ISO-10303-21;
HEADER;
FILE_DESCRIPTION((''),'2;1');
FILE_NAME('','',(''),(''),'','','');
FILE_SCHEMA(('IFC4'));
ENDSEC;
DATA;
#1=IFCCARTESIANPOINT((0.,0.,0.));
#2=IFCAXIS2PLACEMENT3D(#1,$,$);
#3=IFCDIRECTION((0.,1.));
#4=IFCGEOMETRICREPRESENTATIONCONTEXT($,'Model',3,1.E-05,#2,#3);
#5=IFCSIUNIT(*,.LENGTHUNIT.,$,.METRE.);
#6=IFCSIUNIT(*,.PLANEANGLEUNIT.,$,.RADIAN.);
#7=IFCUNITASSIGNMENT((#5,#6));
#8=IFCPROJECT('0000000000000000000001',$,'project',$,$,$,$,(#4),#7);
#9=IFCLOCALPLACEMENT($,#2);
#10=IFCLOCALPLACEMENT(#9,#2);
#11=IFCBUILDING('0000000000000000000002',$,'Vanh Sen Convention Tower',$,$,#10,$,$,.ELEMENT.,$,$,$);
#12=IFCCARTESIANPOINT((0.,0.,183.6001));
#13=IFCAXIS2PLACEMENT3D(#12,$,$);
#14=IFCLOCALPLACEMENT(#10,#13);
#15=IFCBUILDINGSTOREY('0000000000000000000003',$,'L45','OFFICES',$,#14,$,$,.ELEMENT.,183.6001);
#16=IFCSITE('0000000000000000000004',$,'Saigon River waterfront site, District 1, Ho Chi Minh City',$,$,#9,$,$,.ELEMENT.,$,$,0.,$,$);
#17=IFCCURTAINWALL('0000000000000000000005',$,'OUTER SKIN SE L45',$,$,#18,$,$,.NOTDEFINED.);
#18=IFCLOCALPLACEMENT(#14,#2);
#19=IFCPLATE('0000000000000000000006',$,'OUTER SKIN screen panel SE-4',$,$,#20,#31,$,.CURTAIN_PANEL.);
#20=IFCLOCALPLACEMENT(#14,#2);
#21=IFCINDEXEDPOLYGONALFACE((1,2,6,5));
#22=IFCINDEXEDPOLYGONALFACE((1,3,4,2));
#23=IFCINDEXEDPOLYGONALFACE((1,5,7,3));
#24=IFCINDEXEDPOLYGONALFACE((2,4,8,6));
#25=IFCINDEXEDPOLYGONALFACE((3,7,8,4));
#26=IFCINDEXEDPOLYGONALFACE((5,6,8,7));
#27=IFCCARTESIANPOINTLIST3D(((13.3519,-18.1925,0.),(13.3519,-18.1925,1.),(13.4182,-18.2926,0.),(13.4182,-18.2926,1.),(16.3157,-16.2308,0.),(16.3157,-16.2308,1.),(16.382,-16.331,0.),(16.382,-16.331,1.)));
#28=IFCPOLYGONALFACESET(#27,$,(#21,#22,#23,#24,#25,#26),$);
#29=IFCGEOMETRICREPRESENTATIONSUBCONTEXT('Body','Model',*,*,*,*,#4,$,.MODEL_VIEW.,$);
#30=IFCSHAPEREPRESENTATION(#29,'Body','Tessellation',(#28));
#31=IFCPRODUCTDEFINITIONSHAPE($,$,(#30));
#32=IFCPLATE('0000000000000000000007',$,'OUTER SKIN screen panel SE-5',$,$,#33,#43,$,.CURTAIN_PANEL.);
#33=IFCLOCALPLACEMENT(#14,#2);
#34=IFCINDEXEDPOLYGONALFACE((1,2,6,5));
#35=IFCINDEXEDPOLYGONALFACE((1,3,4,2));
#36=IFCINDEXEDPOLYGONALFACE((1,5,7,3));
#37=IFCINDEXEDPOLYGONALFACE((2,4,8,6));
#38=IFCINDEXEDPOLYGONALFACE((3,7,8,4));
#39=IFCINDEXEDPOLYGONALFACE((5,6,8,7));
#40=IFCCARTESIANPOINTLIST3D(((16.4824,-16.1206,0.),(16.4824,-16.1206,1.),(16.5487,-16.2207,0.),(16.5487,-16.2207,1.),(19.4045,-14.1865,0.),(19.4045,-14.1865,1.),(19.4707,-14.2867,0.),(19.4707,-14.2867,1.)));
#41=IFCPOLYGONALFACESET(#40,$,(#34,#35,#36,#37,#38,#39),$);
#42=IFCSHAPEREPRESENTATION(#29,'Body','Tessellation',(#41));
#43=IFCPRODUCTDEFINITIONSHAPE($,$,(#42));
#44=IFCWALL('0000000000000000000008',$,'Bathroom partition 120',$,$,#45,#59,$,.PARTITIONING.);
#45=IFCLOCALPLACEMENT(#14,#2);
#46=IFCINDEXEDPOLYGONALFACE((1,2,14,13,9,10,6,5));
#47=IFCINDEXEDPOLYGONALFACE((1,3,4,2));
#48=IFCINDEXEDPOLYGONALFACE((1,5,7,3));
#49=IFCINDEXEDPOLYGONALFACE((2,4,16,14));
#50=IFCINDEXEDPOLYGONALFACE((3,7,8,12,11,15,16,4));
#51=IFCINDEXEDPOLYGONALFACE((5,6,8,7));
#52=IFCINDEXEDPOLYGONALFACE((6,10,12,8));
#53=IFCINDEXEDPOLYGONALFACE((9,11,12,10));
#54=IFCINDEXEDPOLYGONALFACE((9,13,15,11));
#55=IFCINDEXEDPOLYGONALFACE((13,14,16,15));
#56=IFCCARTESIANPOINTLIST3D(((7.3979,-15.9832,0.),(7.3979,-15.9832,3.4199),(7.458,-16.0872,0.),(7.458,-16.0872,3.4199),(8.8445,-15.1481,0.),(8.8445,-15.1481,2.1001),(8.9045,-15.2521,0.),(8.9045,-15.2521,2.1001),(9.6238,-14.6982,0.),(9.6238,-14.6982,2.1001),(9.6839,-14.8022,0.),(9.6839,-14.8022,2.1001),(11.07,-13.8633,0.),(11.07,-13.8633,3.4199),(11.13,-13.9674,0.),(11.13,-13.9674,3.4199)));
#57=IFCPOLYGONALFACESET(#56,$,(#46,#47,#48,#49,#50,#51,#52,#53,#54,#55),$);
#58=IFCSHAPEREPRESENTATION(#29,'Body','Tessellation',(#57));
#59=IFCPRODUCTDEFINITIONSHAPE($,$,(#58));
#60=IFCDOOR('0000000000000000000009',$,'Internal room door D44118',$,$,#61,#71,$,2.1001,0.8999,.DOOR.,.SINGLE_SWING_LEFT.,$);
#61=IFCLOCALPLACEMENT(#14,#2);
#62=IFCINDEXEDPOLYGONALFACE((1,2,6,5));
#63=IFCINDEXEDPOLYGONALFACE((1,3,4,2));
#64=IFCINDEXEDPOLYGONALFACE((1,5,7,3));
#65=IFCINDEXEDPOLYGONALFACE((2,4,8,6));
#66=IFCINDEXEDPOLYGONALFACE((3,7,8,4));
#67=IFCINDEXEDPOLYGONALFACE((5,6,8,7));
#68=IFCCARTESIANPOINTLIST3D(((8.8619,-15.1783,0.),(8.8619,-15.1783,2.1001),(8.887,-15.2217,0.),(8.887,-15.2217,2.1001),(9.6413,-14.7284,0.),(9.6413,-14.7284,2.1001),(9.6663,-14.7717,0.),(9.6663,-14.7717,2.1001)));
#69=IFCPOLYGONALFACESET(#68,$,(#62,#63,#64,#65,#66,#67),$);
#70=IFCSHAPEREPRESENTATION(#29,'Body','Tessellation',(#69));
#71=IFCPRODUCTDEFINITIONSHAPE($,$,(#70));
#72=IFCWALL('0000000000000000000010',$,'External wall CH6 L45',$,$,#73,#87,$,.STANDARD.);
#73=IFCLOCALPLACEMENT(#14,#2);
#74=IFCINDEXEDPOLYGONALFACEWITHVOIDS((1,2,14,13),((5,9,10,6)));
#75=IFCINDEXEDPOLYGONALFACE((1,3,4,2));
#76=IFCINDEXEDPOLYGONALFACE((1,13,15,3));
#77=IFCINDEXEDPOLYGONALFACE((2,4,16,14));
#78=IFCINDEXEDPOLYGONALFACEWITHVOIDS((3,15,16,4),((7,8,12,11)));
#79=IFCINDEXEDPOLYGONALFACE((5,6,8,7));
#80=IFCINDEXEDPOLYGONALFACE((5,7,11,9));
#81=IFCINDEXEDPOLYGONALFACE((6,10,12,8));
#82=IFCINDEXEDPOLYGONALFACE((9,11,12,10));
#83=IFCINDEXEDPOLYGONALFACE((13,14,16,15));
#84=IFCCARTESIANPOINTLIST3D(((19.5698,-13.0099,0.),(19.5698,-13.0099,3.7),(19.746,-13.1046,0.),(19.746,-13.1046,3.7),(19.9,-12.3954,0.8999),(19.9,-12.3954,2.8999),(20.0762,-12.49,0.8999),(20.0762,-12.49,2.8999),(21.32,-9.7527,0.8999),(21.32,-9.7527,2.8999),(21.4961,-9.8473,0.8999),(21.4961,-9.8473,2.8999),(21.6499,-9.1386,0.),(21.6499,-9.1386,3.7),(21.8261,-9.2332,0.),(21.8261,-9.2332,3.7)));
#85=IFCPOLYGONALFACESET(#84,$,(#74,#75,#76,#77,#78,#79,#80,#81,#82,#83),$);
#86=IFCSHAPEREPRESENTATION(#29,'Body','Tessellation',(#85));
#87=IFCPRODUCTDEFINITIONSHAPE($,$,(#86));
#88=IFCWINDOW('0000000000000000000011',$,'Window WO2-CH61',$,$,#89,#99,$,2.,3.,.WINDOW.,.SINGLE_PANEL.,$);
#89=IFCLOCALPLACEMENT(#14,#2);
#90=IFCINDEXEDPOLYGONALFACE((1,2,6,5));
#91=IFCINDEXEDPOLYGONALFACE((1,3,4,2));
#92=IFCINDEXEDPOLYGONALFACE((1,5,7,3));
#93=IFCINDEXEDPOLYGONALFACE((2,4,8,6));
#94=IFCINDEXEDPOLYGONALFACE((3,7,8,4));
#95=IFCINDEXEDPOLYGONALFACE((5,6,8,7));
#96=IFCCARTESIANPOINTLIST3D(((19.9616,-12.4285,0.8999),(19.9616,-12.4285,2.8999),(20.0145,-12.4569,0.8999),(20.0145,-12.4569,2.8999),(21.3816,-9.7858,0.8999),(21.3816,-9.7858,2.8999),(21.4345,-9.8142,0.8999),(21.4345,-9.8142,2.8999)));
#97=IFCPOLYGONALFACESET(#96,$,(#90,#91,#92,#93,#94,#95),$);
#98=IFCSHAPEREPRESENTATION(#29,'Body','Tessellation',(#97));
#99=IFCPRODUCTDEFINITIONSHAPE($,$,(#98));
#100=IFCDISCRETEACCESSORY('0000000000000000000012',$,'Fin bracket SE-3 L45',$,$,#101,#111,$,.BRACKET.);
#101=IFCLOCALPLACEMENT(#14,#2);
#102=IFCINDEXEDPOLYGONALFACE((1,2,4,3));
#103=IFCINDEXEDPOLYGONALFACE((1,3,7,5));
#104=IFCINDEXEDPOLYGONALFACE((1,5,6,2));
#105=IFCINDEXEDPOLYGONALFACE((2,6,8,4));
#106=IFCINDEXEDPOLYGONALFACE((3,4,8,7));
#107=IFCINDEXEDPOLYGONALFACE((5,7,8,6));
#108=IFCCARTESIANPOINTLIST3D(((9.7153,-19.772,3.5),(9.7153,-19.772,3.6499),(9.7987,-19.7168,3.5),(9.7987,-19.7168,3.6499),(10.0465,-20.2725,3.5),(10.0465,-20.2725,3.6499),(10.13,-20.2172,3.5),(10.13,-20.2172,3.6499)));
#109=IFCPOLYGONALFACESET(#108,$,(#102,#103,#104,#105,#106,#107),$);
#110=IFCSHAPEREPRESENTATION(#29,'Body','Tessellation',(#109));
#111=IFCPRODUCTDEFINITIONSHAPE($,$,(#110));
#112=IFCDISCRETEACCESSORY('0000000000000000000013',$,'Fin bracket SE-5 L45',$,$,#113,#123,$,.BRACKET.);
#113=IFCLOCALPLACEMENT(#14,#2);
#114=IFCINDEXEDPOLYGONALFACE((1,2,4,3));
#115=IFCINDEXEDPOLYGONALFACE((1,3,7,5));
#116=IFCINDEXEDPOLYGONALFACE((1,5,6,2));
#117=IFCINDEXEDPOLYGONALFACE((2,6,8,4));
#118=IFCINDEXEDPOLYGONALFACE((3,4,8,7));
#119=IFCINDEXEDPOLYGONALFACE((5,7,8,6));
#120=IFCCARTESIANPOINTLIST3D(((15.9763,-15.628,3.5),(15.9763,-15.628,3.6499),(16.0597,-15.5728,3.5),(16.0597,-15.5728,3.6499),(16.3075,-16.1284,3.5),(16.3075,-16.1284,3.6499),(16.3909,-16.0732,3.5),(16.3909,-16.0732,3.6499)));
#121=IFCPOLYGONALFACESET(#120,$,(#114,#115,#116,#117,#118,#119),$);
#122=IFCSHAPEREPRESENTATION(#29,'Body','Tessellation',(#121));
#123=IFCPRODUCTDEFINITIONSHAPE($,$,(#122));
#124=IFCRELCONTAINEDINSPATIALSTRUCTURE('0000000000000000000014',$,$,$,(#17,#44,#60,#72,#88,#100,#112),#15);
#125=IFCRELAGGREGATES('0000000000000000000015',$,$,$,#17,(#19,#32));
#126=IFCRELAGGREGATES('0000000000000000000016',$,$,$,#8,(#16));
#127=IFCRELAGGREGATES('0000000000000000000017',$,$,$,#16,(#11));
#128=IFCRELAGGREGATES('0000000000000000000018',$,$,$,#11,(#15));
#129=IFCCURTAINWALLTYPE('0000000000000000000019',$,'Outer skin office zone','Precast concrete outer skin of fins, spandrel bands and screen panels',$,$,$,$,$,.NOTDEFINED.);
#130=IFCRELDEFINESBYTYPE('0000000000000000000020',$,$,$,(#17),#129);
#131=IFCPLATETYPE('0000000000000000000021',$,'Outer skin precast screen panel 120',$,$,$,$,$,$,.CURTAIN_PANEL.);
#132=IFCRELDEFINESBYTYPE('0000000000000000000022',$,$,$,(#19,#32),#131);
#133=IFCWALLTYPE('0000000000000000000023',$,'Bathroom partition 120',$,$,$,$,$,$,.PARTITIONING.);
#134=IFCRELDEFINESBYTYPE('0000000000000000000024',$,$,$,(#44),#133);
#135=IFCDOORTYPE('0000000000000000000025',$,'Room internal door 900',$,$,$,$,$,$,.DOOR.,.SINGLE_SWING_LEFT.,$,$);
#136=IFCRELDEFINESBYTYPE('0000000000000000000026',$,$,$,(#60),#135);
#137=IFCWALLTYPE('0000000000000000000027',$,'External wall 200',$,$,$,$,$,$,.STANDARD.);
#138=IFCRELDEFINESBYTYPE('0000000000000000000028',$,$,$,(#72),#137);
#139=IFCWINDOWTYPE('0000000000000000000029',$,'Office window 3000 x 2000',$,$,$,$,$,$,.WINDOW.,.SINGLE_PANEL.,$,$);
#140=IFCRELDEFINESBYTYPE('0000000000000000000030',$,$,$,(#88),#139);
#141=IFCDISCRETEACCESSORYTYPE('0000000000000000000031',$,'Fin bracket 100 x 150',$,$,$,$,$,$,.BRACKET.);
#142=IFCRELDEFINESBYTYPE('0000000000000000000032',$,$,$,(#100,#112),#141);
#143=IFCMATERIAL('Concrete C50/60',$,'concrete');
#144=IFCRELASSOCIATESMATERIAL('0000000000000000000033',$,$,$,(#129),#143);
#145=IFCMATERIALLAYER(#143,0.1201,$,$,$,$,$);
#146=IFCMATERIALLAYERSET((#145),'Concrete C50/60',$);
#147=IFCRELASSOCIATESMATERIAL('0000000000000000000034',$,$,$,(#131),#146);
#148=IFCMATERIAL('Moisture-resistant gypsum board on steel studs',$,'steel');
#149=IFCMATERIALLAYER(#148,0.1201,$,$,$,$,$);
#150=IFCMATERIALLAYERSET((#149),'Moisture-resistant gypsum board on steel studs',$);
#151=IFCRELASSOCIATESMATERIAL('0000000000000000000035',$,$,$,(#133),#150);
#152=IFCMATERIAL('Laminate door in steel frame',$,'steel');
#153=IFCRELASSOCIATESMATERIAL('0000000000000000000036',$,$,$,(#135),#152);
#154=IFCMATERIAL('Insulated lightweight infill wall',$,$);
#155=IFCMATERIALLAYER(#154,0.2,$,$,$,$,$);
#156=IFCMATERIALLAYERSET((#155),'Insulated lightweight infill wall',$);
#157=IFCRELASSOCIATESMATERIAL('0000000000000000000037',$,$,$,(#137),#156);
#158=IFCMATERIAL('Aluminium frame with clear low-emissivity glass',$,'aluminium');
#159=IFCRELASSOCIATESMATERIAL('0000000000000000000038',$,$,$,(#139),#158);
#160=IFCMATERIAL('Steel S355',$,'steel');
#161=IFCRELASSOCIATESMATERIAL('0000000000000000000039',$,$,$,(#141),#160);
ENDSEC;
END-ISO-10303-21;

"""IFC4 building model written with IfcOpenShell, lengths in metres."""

from ifc_helpers import new_model, si_unit, direction, frame, frame_2d, origin, origin_2d, place, context, subcontext, project, spatial, rectangle, extrude, material, layer, layer_set, type_object, element, fill, aggregate, save


model = new_model("IFC4")

# Units and contexts
model_context = context("Model", 3, precision=1e-05, world=origin(), true_north=direction((0.0, 1.0)))
body_context = subcontext(model_context, "Body", "Model", "MODEL_VIEW")
ifc_project = project(units=[si_unit("LENGTHUNIT", "METRE"), si_unit("PLANEANGLEUNIT", "RADIAN")], contexts=[model_context])

# Site, building, storey
site_placement = place(None, origin())
site = spatial("IfcSite", under=ifc_project, at=site_placement, Name="Saigon River waterfront site, District 1, Ho Chi Minh City", CompositionType="ELEMENT", RefElevation=0.0)
building_placement = place(site_placement, origin())
building = spatial("IfcBuilding", under=site, at=building_placement, Name="Vanh Sen Convention Tower", CompositionType="ELEMENT")
storey_placement = place(building_placement, frame((0.0, 0.0, 183.6001)))
storey = spatial("IfcBuildingStorey", under=building, at=storey_placement, Name="L45", Description="OFFICES", CompositionType="ELEMENT", Elevation=183.6001)

# Curtain wall
ifc_material_1 = material(Name="Concrete C50/60", Category="concrete")
curtain_wall_type = type_object("IfcCurtainWallType", Name="Outer skin office zone", Description="Precast concrete outer skin of fins, spandrel bands and screen panels", PredefinedType="NOTDEFINED", material=ifc_material_1)
curtain_wall_1_placement = place(storey_placement, origin())
curtain_wall_1 = element("IfcCurtainWall", 1, at=curtain_wall_1_placement, inside=storey, type_object=curtain_wall_type, Name="OUTER SKIN SE L45", PredefinedType="NOTDEFINED")

# Plates
ifc_layer_1 = layer(ifc_material_1, 0.1201)
ifc_layer_set_1 = layer_set([ifc_layer_1], Name="Concrete C50/60")
plate_type = type_object("IfcPlateType", Name="Outer skin precast screen panel 120", PredefinedType="CURTAIN_PANEL", material=ifc_layer_set_1)
plate_1_placement = place(storey_placement, frame((14.8669, -17.2617, 0.0), z_axis=(0.0, 0.0, 1.0), x_axis=(0.83389, 0.551931, 0.0)))
plate_1 = element("IfcPlate", 2, at=plate_1_placement, type_object=plate_type, Name="OUTER SKIN screen panel SE-4", PredefinedType="CURTAIN_PANEL", context=body_context, shape_type="SweptSolid", body=[
    extrude(rectangle(XDim=3.5542, YDim=0.1201, at=origin_2d()), origin(), (0.0, 0.0, 1.0), 1.0),
])
plate_2_placement = place(storey_placement, frame((17.9766, -15.2036, 0.0), z_axis=(0.0, 0.0, 1.0), x_axis=(0.83389, 0.551931, 0.0)))
plate_2 = element("IfcPlate", 3, at=plate_2_placement, type_object=plate_type, Name="OUTER SKIN screen panel SE-5", PredefinedType="CURTAIN_PANEL", context=body_context, shape_type="SweptSolid", body=[
    extrude(rectangle(XDim=3.5042, YDim=0.1201, at=origin_2d()), origin(), (0.0, 0.0, 1.0), 1.0),
])
aggregate(curtain_wall_1, [plate_1, plate_2])

# Wall, opening, door
ifc_material_2 = material(Name="Moisture-resistant gypsum board on steel studs", Category="steel")
ifc_layer_2 = layer(ifc_material_2, 0.1201)
ifc_layer_set_2 = layer_set([ifc_layer_2], Name="Moisture-resistant gypsum board on steel studs")
wall_type_1 = type_object("IfcWallType", Name="Bathroom partition 120", PredefinedType="PARTITIONING", material=ifc_layer_set_2)
wall_1_placement = place(storey_placement, frame((11.1001, -13.9153, 0.0), z_axis=(0.0, 0.0, 1.0), x_axis=(-0.866048, -0.49996, 0.0)))
wall_1 = element("IfcWall", 4, at=wall_1_placement, inside=storey, type_object=wall_type_1, Name="Bathroom partition 120", PredefinedType="PARTITIONING", context=body_context, shape_type="SweptSolid", body=[
    extrude(rectangle(XDim=4.24, YDim=0.1201, at=frame_2d((2.1201, 0.0))), origin(), (0.0, 0.0, 1.0), 3.4199),
])
opening_1_placement = place(wall_1_placement, frame((1.6699, 0.0, 0.0)))
opening_1 = element("IfcOpeningElement", 5, at=opening_1_placement, cuts=wall_1, PredefinedType="OPENING", context=body_context, shape_type="SweptSolid", body=[
    extrude(rectangle(XDim=0.8999, YDim=2.1001, at=frame_2d((0.45, 1.05))), frame((0.0, 0.0701, 0.0), z_axis=(0.0, -1.0, 0.0), x_axis=(1.0, 0.0, 0.0)), (0.0, 0.0, 1.0), 0.1401),
])
ifc_material_3 = material(Name="Laminate door in steel frame", Category="steel")
door_type = type_object("IfcDoorType", Name="Room internal door 900", OperationType="SINGLE_SWING_LEFT", PredefinedType="DOOR", material=ifc_material_3)
door_placement = place(opening_1_placement, origin())
door = element("IfcDoor", 6, at=door_placement, inside=storey, type_object=door_type, Name="Internal room door D44118", OperationType="SINGLE_SWING_LEFT", OverallHeight=2.1001, OverallWidth=0.8999, PredefinedType="DOOR", context=body_context, shape_type="SweptSolid", body=[
    extrude(rectangle(XDim=0.8999, YDim=2.1001, at=frame_2d((0.45, 1.05))), frame((0.0, 0.0249, 0.0), z_axis=(0.0, -1.0, 0.0), x_axis=(1.0, 0.0, 0.0)), (0.0, 0.0, 1.0), 0.05),
])
fill(opening_1, door)

# Wall, opening, window
ifc_material_4 = material(Name="Insulated lightweight infill wall")
ifc_layer_3 = layer(ifc_material_4, 0.2)
ifc_layer_set_3 = layer_set([ifc_layer_3], Name="Insulated lightweight infill wall")
wall_type_2 = type_object("IfcWallType", Name="External wall 200", PredefinedType="STANDARD", material=ifc_layer_set_3)
wall_2_placement = place(storey_placement, frame((19.658, -13.0571, 0.0), z_axis=(0.0, 0.0, 1.0), x_axis=(0.473308, 0.880897, 0.0)))
wall_2 = element("IfcWall", 7, at=wall_2_placement, inside=storey, type_object=wall_type_2, Name="External wall CH6 L45", PredefinedType="STANDARD", context=body_context, shape_type="SweptSolid", body=[
    extrude(rectangle(XDim=4.3948, YDim=0.2, at=frame_2d((2.1973, 0.0))), origin(), (0.0, 0.0, 1.0), 3.7),
])
opening_2_placement = place(wall_2_placement, frame((0.6975, 0.0, 0.8999)))
opening_2 = element("IfcOpeningElement", 8, at=opening_2_placement, cuts=wall_2, PredefinedType="OPENING", context=body_context, shape_type="SweptSolid", body=[
    extrude(rectangle(XDim=3.0, YDim=2.0, at=frame_2d((1.5, 1.0))), frame((0.0, 0.1099, 0.0), z_axis=(0.0, -1.0, 0.0), x_axis=(1.0, 0.0, 0.0)), (0.0, 0.0, 1.0), 0.22),
])
ifc_material_5 = material(Name="Aluminium frame with clear low-emissivity glass", Category="aluminium")
window_type = type_object("IfcWindowType", Name="Office window 3000 x 2000", PartitioningType="SINGLE_PANEL", PredefinedType="WINDOW", material=ifc_material_5)
window_placement = place(opening_2_placement, origin())
window = element("IfcWindow", 9, at=window_placement, inside=storey, type_object=window_type, Name="Window WO2-CH61", OverallHeight=2.0, OverallWidth=3.0, PartitioningType="SINGLE_PANEL", PredefinedType="WINDOW", context=body_context, shape_type="SweptSolid", body=[
    extrude(rectangle(XDim=3.0, YDim=2.0, at=frame_2d((1.5, 1.0))), frame((0.0, 0.03, 0.0), z_axis=(0.0, -1.0, 0.0), x_axis=(1.0, 0.0, 0.0)), (0.0, 0.0, 1.0), 0.0601),
])
fill(opening_2, window)

# Discrete accessories
ifc_material_6 = material(Name="Steel S355", Category="steel")
discrete_accessory_type = type_object("IfcDiscreteAccessoryType", Name="Fin bracket 100 x 150", PredefinedType="BRACKET", material=ifc_material_6)
for number, where, z_axis, x_axis, name in (
    (10, (9.9226, -19.9946, 3.5), (0.0, 0.0, 1.0), (0.551937, -0.833886, 0.0), "Fin bracket SE-3 L45"),
    (11, (16.1836, -15.8506, 3.5), (0.0, 0.0, 1.0), (0.551937, -0.833886, 0.0), "Fin bracket SE-5 L45"),
):
    element("IfcDiscreteAccessory", number, at=place(storey_placement, frame(where, z_axis=z_axis, x_axis=x_axis)), inside=storey, type_object=discrete_accessory_type, Name=name, PredefinedType="BRACKET", context=body_context, shape_type="SweptSolid", body=[
        extrude(rectangle(XDim=0.6001, YDim=0.1001, at=origin_2d()), origin(), (0.0, 0.0, 1.0), 0.1499),
    ])

save(model, "model.ifc")
